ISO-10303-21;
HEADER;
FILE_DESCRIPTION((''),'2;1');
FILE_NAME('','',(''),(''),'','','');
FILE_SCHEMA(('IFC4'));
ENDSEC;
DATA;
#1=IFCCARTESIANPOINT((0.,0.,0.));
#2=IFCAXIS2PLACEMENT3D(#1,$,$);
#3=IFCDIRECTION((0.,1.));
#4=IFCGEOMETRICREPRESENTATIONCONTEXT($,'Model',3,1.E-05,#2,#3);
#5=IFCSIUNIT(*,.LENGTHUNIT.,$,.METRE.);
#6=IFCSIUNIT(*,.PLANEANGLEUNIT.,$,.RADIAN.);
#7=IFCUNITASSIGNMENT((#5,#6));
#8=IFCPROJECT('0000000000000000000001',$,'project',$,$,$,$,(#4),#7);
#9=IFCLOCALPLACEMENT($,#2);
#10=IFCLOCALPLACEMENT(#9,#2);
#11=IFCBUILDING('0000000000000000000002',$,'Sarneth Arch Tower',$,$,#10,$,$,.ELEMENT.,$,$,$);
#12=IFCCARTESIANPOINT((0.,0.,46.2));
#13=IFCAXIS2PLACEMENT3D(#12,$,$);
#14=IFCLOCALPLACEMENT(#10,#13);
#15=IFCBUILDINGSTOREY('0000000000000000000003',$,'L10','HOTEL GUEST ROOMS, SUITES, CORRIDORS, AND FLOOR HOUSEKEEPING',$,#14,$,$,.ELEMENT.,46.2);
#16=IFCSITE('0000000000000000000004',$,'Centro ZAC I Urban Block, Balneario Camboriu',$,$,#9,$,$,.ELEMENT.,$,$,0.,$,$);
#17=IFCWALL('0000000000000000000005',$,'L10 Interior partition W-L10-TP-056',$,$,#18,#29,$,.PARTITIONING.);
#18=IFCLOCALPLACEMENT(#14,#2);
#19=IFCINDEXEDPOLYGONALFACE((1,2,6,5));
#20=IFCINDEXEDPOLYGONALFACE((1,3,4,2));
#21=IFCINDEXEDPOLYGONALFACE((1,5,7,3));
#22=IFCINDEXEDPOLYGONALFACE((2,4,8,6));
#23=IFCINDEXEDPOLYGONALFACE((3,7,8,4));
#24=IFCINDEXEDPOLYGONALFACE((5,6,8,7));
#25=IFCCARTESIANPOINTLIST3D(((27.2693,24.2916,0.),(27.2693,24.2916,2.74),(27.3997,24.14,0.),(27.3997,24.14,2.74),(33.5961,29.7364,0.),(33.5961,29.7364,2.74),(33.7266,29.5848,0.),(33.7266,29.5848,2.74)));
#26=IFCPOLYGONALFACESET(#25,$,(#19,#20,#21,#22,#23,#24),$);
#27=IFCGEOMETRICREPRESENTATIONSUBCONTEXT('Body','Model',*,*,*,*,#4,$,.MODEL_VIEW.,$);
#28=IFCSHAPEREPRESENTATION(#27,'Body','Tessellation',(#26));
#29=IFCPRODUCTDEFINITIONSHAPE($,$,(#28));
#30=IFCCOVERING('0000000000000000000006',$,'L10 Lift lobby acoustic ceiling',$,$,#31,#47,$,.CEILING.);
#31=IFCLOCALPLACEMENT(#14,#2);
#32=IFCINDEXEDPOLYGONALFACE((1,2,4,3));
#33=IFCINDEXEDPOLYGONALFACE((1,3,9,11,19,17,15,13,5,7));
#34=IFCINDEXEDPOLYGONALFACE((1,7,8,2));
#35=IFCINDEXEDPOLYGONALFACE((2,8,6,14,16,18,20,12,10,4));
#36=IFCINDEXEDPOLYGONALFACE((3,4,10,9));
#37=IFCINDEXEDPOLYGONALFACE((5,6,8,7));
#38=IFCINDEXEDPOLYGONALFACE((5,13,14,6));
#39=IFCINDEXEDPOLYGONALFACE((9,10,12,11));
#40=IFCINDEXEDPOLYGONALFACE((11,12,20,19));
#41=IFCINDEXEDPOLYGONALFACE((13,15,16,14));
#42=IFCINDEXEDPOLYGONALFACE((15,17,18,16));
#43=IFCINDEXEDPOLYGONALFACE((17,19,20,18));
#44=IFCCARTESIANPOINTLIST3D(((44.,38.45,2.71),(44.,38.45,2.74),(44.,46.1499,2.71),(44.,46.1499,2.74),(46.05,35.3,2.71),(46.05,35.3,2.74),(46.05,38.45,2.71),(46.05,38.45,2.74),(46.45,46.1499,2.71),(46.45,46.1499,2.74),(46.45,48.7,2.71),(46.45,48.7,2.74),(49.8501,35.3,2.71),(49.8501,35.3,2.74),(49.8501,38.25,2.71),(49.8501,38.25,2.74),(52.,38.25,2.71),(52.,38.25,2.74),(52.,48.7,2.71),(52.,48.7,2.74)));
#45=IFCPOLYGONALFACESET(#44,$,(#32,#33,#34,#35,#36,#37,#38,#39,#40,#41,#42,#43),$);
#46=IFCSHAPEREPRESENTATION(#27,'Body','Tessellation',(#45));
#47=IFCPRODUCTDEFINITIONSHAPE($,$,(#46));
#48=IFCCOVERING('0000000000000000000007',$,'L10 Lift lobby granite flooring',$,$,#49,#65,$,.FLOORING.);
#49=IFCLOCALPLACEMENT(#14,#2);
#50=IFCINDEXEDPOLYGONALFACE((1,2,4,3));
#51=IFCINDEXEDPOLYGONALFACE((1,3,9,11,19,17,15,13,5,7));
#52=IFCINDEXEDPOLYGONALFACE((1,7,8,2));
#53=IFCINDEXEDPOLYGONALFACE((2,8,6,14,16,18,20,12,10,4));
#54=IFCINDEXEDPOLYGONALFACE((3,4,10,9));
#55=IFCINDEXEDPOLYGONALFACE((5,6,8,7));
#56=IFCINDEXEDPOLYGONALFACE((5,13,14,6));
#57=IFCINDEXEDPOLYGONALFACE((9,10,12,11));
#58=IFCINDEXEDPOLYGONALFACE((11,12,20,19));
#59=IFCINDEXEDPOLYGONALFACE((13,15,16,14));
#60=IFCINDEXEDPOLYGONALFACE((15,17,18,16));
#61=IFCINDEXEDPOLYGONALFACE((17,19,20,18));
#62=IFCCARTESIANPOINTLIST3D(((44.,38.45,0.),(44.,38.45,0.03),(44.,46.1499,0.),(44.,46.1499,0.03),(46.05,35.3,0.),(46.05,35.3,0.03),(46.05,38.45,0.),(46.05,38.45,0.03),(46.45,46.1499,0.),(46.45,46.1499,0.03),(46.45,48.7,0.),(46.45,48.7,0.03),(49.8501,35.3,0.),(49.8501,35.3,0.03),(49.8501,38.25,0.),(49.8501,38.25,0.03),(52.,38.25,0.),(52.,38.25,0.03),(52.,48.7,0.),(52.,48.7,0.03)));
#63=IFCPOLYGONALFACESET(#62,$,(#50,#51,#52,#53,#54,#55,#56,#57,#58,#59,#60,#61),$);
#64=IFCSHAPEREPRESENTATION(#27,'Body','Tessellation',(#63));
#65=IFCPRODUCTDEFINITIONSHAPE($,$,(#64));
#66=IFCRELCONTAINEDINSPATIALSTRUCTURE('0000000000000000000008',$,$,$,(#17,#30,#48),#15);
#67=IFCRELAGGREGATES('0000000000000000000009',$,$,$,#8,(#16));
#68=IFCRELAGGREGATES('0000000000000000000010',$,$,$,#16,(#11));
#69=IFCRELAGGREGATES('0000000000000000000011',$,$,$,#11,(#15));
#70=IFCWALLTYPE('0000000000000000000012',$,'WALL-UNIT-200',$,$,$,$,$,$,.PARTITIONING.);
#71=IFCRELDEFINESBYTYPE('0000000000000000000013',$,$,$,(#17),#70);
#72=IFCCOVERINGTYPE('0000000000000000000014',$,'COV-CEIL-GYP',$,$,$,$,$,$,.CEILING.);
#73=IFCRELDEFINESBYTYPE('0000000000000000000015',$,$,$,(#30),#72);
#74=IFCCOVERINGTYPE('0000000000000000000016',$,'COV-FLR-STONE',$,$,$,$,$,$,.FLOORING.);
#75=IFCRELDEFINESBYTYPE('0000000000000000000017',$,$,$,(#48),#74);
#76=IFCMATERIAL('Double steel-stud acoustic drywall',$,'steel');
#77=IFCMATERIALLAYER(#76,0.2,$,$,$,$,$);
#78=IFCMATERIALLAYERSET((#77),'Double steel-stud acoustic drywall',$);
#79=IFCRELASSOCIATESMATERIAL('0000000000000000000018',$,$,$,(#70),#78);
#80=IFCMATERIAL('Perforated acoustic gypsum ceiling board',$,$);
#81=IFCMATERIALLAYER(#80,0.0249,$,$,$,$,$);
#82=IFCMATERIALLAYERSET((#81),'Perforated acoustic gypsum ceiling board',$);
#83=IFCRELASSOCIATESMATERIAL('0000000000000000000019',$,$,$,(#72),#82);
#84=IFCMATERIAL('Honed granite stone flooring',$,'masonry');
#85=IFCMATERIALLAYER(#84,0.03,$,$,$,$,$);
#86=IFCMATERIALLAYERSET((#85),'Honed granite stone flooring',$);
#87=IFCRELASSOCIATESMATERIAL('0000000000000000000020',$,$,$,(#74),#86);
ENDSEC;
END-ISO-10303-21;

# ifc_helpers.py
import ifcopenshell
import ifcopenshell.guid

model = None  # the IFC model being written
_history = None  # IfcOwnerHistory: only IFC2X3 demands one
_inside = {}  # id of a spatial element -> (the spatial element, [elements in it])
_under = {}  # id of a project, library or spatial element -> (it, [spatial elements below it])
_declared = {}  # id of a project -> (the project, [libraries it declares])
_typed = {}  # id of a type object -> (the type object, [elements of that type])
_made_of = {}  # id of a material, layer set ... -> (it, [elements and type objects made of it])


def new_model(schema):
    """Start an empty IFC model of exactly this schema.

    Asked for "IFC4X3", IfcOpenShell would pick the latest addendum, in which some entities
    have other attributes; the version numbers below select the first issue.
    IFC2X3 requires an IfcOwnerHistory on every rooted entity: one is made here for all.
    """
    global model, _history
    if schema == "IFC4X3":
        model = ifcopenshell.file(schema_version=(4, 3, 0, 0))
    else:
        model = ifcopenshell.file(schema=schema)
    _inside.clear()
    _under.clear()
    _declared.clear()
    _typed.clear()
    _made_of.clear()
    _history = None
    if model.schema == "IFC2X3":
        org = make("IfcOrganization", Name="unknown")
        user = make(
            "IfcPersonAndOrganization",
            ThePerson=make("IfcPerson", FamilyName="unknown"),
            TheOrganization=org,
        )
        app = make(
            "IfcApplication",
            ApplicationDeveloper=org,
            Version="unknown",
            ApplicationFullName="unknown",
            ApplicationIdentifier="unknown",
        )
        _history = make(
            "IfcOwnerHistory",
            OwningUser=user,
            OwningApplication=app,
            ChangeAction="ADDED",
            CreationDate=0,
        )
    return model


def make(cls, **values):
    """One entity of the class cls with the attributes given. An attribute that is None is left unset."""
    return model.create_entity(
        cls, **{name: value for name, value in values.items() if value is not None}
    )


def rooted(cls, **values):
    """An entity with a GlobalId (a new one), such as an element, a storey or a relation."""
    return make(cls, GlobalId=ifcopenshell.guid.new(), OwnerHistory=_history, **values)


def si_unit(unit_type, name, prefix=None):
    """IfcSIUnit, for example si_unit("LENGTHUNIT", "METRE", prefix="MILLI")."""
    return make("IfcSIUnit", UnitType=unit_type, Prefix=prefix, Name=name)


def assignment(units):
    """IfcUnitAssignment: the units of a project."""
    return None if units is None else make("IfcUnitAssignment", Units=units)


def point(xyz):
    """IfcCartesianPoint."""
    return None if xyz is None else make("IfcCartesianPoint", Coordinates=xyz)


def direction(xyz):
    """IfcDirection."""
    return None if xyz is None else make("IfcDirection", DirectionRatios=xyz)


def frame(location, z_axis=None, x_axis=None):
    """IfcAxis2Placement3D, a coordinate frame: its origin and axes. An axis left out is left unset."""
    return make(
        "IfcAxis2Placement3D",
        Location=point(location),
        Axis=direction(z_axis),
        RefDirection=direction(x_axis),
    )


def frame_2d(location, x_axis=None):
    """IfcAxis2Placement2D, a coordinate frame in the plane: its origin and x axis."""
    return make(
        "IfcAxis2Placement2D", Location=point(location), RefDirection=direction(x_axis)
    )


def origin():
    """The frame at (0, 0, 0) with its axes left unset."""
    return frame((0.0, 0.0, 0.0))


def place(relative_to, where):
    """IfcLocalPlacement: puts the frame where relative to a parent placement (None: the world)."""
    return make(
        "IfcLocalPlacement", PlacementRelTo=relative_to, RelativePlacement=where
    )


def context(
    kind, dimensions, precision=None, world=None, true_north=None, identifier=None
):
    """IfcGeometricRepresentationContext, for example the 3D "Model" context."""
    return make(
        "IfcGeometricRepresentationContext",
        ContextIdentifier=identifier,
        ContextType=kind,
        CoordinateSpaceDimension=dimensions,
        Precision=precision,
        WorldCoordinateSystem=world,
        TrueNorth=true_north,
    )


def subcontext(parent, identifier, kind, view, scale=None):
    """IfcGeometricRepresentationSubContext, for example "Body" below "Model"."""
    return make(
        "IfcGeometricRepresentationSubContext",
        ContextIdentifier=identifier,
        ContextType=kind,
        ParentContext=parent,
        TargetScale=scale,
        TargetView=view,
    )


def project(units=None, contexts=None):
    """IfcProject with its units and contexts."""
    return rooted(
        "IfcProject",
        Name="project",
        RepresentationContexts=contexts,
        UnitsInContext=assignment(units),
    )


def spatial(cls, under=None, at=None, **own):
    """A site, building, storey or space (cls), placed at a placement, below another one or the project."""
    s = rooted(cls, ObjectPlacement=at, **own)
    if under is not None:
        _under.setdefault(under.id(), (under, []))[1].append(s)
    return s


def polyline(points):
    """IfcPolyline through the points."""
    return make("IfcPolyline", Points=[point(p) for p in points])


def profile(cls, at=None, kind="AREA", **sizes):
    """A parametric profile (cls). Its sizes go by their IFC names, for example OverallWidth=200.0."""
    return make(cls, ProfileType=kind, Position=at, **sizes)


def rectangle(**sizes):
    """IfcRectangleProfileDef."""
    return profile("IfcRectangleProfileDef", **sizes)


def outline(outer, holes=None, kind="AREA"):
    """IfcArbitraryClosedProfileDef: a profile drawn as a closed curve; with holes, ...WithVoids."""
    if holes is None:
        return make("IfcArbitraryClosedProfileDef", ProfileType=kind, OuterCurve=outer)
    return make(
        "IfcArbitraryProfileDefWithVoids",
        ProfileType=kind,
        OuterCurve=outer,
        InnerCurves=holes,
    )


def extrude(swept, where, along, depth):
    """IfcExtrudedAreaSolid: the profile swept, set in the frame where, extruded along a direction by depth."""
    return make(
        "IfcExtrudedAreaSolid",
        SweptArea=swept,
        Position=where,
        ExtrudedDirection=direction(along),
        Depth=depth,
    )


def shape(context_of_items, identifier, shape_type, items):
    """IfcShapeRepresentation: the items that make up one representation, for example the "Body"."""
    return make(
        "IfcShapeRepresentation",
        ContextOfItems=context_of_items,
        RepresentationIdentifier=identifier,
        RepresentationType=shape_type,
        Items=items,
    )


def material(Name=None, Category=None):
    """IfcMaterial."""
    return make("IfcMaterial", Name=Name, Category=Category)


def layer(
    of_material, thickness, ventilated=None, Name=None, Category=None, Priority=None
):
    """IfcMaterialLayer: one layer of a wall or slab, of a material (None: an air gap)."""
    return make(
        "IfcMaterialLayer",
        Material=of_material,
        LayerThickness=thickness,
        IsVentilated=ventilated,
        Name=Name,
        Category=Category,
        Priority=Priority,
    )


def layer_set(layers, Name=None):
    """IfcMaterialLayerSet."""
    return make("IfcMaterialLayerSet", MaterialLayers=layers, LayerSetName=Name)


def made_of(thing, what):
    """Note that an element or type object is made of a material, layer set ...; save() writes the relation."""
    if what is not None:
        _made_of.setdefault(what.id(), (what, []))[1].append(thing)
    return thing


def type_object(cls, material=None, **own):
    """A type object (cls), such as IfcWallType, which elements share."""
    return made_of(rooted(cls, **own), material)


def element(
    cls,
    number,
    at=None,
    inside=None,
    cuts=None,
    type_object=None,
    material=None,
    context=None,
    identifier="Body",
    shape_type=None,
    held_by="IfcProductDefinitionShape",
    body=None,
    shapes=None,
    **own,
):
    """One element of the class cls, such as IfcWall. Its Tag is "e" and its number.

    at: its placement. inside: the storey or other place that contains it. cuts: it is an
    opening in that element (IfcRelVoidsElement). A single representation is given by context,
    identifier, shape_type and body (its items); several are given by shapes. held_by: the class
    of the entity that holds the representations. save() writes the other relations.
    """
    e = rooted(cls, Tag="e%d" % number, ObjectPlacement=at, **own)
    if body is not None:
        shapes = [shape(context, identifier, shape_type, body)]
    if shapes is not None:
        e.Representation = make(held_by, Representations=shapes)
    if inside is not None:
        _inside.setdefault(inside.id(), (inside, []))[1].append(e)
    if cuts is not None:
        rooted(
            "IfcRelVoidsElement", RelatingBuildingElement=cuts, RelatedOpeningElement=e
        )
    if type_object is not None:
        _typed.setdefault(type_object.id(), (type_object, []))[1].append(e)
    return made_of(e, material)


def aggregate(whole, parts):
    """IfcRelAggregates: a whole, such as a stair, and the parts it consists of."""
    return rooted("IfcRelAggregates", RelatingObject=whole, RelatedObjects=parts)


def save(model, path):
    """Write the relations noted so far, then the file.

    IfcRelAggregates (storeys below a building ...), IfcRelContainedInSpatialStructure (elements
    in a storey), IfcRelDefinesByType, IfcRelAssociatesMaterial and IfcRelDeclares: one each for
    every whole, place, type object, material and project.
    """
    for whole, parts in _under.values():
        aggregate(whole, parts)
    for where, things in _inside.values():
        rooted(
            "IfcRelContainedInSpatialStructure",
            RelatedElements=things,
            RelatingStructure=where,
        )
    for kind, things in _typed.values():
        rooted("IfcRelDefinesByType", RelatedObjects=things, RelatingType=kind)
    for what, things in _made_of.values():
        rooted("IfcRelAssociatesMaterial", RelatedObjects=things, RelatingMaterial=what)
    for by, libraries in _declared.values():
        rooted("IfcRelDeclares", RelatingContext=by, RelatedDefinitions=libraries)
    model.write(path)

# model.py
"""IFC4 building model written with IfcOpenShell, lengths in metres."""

from ifc_helpers import new_model, si_unit, direction, frame, frame_2d, origin, place, context, subcontext, project, spatial, polyline, rectangle, outline, extrude, material, layer, layer_set, type_object, element, save


model = new_model("IFC4")

# Units and contexts
model_context = context("Model", 3, precision=1e-05, world=origin(), true_north=direction((0.0, 1.0)))
body_context = subcontext(model_context, "Body", "Model", "MODEL_VIEW")
ifc_project = project(units=[si_unit("LENGTHUNIT", "METRE"), si_unit("PLANEANGLEUNIT", "RADIAN")], contexts=[model_context])

# Site, building, storey
site_placement = place(None, origin())
site = spatial("IfcSite", under=ifc_project, at=site_placement, Name="Centro ZAC I Urban Block, Balneario Camboriu", CompositionType="ELEMENT", RefElevation=0.0)
building_placement = place(site_placement, origin())
building = spatial("IfcBuilding", under=site, at=building_placement, Name="Sarneth Arch Tower", CompositionType="ELEMENT")
storey_placement = place(building_placement, frame((0.0, 0.0, 46.2)))
storey = spatial("IfcBuildingStorey", under=building, at=storey_placement, Name="L10", Description="HOTEL GUEST ROOMS, SUITES, CORRIDORS, AND FLOOR HOUSEKEEPING", CompositionType="ELEMENT", Elevation=46.2)

# Wall
ifc_material_1 = material(Name="Double steel-stud acoustic drywall", Category="steel")
ifc_layer_1 = layer(ifc_material_1, 0.2)
ifc_layer_set_1 = layer_set([ifc_layer_1], Name="Double steel-stud acoustic drywall")
wall_type_1 = type_object("IfcWallType", Name="WALL-UNIT-200", PredefinedType="PARTITIONING", material=ifc_layer_set_1)
wall_1_placement = place(storey_placement, frame((27.3345, 24.2158, 0.0), z_axis=(0.0, 0.0, 1.0), x_axis=(0.757967, 0.652293, 0.0)))
element("IfcWall", 1, at=wall_1_placement, inside=storey, type_object=wall_type_1, Name="L10 Interior partition W-L10-TP-056", PredefinedType="PARTITIONING", context=body_context, shape_type="SweptSolid", body=[
    extrude(rectangle(XDim=8.3472, YDim=0.2, at=frame_2d((4.1736, 0.0))), origin(), (0.0, 0.0, 1.0), 2.74),
])

# Coverings
ifc_material_2 = material(Name="Perforated acoustic gypsum ceiling board")
ifc_layer_2 = layer(ifc_material_2, 0.0249)
ifc_layer_set_2 = layer_set([ifc_layer_2], Name="Perforated acoustic gypsum ceiling board")
covering_type_1 = type_object("IfcCoveringType", Name="COV-CEIL-GYP", PredefinedType="CEILING", material=ifc_layer_set_2)
covering_1_placement = place(storey_placement, frame((0.0, 0.0, 2.71)))
element("IfcCovering", 2, at=covering_1_placement, inside=storey, type_object=covering_type_1, Name="L10 Lift lobby acoustic ceiling", PredefinedType="CEILING", context=body_context, shape_type="SweptSolid", body=[
    extrude(outline(polyline([(49.8501, 38.25), (49.8501, 35.3), (46.05, 35.3), (46.05, 38.45), (44.0, 38.45), (44.0, 46.1499), (46.45, 46.1499), (46.45, 48.7), (52.0, 48.7), (52.0, 38.25), (49.8501, 38.25)])), origin(), (0.0, 0.0, 1.0), 0.03),
])
ifc_material_3 = material(Name="Honed granite stone flooring", Category="masonry")
ifc_layer_3 = layer(ifc_material_3, 0.03)
ifc_layer_set_3 = layer_set([ifc_layer_3], Name="Honed granite stone flooring")
covering_type_2 = type_object("IfcCoveringType", Name="COV-FLR-STONE", PredefinedType="FLOORING", material=ifc_layer_set_3)
covering_2_placement = place(storey_placement, origin())
element("IfcCovering", 3, at=covering_2_placement, inside=storey, type_object=covering_type_2, Name="L10 Lift lobby granite flooring", PredefinedType="FLOORING", context=body_context, shape_type="SweptSolid", body=[
    extrude(outline(polyline([(49.8501, 38.25), (49.8501, 35.3), (46.05, 35.3), (46.05, 38.45), (44.0, 38.45), (44.0, 46.1499), (46.45, 46.1499), (46.45, 48.7), (52.0, 48.7), (52.0, 38.25), (49.8501, 38.25)])), origin(), (0.0, 0.0, 1.0), 0.03),
])

save(model, "model.ifc")
